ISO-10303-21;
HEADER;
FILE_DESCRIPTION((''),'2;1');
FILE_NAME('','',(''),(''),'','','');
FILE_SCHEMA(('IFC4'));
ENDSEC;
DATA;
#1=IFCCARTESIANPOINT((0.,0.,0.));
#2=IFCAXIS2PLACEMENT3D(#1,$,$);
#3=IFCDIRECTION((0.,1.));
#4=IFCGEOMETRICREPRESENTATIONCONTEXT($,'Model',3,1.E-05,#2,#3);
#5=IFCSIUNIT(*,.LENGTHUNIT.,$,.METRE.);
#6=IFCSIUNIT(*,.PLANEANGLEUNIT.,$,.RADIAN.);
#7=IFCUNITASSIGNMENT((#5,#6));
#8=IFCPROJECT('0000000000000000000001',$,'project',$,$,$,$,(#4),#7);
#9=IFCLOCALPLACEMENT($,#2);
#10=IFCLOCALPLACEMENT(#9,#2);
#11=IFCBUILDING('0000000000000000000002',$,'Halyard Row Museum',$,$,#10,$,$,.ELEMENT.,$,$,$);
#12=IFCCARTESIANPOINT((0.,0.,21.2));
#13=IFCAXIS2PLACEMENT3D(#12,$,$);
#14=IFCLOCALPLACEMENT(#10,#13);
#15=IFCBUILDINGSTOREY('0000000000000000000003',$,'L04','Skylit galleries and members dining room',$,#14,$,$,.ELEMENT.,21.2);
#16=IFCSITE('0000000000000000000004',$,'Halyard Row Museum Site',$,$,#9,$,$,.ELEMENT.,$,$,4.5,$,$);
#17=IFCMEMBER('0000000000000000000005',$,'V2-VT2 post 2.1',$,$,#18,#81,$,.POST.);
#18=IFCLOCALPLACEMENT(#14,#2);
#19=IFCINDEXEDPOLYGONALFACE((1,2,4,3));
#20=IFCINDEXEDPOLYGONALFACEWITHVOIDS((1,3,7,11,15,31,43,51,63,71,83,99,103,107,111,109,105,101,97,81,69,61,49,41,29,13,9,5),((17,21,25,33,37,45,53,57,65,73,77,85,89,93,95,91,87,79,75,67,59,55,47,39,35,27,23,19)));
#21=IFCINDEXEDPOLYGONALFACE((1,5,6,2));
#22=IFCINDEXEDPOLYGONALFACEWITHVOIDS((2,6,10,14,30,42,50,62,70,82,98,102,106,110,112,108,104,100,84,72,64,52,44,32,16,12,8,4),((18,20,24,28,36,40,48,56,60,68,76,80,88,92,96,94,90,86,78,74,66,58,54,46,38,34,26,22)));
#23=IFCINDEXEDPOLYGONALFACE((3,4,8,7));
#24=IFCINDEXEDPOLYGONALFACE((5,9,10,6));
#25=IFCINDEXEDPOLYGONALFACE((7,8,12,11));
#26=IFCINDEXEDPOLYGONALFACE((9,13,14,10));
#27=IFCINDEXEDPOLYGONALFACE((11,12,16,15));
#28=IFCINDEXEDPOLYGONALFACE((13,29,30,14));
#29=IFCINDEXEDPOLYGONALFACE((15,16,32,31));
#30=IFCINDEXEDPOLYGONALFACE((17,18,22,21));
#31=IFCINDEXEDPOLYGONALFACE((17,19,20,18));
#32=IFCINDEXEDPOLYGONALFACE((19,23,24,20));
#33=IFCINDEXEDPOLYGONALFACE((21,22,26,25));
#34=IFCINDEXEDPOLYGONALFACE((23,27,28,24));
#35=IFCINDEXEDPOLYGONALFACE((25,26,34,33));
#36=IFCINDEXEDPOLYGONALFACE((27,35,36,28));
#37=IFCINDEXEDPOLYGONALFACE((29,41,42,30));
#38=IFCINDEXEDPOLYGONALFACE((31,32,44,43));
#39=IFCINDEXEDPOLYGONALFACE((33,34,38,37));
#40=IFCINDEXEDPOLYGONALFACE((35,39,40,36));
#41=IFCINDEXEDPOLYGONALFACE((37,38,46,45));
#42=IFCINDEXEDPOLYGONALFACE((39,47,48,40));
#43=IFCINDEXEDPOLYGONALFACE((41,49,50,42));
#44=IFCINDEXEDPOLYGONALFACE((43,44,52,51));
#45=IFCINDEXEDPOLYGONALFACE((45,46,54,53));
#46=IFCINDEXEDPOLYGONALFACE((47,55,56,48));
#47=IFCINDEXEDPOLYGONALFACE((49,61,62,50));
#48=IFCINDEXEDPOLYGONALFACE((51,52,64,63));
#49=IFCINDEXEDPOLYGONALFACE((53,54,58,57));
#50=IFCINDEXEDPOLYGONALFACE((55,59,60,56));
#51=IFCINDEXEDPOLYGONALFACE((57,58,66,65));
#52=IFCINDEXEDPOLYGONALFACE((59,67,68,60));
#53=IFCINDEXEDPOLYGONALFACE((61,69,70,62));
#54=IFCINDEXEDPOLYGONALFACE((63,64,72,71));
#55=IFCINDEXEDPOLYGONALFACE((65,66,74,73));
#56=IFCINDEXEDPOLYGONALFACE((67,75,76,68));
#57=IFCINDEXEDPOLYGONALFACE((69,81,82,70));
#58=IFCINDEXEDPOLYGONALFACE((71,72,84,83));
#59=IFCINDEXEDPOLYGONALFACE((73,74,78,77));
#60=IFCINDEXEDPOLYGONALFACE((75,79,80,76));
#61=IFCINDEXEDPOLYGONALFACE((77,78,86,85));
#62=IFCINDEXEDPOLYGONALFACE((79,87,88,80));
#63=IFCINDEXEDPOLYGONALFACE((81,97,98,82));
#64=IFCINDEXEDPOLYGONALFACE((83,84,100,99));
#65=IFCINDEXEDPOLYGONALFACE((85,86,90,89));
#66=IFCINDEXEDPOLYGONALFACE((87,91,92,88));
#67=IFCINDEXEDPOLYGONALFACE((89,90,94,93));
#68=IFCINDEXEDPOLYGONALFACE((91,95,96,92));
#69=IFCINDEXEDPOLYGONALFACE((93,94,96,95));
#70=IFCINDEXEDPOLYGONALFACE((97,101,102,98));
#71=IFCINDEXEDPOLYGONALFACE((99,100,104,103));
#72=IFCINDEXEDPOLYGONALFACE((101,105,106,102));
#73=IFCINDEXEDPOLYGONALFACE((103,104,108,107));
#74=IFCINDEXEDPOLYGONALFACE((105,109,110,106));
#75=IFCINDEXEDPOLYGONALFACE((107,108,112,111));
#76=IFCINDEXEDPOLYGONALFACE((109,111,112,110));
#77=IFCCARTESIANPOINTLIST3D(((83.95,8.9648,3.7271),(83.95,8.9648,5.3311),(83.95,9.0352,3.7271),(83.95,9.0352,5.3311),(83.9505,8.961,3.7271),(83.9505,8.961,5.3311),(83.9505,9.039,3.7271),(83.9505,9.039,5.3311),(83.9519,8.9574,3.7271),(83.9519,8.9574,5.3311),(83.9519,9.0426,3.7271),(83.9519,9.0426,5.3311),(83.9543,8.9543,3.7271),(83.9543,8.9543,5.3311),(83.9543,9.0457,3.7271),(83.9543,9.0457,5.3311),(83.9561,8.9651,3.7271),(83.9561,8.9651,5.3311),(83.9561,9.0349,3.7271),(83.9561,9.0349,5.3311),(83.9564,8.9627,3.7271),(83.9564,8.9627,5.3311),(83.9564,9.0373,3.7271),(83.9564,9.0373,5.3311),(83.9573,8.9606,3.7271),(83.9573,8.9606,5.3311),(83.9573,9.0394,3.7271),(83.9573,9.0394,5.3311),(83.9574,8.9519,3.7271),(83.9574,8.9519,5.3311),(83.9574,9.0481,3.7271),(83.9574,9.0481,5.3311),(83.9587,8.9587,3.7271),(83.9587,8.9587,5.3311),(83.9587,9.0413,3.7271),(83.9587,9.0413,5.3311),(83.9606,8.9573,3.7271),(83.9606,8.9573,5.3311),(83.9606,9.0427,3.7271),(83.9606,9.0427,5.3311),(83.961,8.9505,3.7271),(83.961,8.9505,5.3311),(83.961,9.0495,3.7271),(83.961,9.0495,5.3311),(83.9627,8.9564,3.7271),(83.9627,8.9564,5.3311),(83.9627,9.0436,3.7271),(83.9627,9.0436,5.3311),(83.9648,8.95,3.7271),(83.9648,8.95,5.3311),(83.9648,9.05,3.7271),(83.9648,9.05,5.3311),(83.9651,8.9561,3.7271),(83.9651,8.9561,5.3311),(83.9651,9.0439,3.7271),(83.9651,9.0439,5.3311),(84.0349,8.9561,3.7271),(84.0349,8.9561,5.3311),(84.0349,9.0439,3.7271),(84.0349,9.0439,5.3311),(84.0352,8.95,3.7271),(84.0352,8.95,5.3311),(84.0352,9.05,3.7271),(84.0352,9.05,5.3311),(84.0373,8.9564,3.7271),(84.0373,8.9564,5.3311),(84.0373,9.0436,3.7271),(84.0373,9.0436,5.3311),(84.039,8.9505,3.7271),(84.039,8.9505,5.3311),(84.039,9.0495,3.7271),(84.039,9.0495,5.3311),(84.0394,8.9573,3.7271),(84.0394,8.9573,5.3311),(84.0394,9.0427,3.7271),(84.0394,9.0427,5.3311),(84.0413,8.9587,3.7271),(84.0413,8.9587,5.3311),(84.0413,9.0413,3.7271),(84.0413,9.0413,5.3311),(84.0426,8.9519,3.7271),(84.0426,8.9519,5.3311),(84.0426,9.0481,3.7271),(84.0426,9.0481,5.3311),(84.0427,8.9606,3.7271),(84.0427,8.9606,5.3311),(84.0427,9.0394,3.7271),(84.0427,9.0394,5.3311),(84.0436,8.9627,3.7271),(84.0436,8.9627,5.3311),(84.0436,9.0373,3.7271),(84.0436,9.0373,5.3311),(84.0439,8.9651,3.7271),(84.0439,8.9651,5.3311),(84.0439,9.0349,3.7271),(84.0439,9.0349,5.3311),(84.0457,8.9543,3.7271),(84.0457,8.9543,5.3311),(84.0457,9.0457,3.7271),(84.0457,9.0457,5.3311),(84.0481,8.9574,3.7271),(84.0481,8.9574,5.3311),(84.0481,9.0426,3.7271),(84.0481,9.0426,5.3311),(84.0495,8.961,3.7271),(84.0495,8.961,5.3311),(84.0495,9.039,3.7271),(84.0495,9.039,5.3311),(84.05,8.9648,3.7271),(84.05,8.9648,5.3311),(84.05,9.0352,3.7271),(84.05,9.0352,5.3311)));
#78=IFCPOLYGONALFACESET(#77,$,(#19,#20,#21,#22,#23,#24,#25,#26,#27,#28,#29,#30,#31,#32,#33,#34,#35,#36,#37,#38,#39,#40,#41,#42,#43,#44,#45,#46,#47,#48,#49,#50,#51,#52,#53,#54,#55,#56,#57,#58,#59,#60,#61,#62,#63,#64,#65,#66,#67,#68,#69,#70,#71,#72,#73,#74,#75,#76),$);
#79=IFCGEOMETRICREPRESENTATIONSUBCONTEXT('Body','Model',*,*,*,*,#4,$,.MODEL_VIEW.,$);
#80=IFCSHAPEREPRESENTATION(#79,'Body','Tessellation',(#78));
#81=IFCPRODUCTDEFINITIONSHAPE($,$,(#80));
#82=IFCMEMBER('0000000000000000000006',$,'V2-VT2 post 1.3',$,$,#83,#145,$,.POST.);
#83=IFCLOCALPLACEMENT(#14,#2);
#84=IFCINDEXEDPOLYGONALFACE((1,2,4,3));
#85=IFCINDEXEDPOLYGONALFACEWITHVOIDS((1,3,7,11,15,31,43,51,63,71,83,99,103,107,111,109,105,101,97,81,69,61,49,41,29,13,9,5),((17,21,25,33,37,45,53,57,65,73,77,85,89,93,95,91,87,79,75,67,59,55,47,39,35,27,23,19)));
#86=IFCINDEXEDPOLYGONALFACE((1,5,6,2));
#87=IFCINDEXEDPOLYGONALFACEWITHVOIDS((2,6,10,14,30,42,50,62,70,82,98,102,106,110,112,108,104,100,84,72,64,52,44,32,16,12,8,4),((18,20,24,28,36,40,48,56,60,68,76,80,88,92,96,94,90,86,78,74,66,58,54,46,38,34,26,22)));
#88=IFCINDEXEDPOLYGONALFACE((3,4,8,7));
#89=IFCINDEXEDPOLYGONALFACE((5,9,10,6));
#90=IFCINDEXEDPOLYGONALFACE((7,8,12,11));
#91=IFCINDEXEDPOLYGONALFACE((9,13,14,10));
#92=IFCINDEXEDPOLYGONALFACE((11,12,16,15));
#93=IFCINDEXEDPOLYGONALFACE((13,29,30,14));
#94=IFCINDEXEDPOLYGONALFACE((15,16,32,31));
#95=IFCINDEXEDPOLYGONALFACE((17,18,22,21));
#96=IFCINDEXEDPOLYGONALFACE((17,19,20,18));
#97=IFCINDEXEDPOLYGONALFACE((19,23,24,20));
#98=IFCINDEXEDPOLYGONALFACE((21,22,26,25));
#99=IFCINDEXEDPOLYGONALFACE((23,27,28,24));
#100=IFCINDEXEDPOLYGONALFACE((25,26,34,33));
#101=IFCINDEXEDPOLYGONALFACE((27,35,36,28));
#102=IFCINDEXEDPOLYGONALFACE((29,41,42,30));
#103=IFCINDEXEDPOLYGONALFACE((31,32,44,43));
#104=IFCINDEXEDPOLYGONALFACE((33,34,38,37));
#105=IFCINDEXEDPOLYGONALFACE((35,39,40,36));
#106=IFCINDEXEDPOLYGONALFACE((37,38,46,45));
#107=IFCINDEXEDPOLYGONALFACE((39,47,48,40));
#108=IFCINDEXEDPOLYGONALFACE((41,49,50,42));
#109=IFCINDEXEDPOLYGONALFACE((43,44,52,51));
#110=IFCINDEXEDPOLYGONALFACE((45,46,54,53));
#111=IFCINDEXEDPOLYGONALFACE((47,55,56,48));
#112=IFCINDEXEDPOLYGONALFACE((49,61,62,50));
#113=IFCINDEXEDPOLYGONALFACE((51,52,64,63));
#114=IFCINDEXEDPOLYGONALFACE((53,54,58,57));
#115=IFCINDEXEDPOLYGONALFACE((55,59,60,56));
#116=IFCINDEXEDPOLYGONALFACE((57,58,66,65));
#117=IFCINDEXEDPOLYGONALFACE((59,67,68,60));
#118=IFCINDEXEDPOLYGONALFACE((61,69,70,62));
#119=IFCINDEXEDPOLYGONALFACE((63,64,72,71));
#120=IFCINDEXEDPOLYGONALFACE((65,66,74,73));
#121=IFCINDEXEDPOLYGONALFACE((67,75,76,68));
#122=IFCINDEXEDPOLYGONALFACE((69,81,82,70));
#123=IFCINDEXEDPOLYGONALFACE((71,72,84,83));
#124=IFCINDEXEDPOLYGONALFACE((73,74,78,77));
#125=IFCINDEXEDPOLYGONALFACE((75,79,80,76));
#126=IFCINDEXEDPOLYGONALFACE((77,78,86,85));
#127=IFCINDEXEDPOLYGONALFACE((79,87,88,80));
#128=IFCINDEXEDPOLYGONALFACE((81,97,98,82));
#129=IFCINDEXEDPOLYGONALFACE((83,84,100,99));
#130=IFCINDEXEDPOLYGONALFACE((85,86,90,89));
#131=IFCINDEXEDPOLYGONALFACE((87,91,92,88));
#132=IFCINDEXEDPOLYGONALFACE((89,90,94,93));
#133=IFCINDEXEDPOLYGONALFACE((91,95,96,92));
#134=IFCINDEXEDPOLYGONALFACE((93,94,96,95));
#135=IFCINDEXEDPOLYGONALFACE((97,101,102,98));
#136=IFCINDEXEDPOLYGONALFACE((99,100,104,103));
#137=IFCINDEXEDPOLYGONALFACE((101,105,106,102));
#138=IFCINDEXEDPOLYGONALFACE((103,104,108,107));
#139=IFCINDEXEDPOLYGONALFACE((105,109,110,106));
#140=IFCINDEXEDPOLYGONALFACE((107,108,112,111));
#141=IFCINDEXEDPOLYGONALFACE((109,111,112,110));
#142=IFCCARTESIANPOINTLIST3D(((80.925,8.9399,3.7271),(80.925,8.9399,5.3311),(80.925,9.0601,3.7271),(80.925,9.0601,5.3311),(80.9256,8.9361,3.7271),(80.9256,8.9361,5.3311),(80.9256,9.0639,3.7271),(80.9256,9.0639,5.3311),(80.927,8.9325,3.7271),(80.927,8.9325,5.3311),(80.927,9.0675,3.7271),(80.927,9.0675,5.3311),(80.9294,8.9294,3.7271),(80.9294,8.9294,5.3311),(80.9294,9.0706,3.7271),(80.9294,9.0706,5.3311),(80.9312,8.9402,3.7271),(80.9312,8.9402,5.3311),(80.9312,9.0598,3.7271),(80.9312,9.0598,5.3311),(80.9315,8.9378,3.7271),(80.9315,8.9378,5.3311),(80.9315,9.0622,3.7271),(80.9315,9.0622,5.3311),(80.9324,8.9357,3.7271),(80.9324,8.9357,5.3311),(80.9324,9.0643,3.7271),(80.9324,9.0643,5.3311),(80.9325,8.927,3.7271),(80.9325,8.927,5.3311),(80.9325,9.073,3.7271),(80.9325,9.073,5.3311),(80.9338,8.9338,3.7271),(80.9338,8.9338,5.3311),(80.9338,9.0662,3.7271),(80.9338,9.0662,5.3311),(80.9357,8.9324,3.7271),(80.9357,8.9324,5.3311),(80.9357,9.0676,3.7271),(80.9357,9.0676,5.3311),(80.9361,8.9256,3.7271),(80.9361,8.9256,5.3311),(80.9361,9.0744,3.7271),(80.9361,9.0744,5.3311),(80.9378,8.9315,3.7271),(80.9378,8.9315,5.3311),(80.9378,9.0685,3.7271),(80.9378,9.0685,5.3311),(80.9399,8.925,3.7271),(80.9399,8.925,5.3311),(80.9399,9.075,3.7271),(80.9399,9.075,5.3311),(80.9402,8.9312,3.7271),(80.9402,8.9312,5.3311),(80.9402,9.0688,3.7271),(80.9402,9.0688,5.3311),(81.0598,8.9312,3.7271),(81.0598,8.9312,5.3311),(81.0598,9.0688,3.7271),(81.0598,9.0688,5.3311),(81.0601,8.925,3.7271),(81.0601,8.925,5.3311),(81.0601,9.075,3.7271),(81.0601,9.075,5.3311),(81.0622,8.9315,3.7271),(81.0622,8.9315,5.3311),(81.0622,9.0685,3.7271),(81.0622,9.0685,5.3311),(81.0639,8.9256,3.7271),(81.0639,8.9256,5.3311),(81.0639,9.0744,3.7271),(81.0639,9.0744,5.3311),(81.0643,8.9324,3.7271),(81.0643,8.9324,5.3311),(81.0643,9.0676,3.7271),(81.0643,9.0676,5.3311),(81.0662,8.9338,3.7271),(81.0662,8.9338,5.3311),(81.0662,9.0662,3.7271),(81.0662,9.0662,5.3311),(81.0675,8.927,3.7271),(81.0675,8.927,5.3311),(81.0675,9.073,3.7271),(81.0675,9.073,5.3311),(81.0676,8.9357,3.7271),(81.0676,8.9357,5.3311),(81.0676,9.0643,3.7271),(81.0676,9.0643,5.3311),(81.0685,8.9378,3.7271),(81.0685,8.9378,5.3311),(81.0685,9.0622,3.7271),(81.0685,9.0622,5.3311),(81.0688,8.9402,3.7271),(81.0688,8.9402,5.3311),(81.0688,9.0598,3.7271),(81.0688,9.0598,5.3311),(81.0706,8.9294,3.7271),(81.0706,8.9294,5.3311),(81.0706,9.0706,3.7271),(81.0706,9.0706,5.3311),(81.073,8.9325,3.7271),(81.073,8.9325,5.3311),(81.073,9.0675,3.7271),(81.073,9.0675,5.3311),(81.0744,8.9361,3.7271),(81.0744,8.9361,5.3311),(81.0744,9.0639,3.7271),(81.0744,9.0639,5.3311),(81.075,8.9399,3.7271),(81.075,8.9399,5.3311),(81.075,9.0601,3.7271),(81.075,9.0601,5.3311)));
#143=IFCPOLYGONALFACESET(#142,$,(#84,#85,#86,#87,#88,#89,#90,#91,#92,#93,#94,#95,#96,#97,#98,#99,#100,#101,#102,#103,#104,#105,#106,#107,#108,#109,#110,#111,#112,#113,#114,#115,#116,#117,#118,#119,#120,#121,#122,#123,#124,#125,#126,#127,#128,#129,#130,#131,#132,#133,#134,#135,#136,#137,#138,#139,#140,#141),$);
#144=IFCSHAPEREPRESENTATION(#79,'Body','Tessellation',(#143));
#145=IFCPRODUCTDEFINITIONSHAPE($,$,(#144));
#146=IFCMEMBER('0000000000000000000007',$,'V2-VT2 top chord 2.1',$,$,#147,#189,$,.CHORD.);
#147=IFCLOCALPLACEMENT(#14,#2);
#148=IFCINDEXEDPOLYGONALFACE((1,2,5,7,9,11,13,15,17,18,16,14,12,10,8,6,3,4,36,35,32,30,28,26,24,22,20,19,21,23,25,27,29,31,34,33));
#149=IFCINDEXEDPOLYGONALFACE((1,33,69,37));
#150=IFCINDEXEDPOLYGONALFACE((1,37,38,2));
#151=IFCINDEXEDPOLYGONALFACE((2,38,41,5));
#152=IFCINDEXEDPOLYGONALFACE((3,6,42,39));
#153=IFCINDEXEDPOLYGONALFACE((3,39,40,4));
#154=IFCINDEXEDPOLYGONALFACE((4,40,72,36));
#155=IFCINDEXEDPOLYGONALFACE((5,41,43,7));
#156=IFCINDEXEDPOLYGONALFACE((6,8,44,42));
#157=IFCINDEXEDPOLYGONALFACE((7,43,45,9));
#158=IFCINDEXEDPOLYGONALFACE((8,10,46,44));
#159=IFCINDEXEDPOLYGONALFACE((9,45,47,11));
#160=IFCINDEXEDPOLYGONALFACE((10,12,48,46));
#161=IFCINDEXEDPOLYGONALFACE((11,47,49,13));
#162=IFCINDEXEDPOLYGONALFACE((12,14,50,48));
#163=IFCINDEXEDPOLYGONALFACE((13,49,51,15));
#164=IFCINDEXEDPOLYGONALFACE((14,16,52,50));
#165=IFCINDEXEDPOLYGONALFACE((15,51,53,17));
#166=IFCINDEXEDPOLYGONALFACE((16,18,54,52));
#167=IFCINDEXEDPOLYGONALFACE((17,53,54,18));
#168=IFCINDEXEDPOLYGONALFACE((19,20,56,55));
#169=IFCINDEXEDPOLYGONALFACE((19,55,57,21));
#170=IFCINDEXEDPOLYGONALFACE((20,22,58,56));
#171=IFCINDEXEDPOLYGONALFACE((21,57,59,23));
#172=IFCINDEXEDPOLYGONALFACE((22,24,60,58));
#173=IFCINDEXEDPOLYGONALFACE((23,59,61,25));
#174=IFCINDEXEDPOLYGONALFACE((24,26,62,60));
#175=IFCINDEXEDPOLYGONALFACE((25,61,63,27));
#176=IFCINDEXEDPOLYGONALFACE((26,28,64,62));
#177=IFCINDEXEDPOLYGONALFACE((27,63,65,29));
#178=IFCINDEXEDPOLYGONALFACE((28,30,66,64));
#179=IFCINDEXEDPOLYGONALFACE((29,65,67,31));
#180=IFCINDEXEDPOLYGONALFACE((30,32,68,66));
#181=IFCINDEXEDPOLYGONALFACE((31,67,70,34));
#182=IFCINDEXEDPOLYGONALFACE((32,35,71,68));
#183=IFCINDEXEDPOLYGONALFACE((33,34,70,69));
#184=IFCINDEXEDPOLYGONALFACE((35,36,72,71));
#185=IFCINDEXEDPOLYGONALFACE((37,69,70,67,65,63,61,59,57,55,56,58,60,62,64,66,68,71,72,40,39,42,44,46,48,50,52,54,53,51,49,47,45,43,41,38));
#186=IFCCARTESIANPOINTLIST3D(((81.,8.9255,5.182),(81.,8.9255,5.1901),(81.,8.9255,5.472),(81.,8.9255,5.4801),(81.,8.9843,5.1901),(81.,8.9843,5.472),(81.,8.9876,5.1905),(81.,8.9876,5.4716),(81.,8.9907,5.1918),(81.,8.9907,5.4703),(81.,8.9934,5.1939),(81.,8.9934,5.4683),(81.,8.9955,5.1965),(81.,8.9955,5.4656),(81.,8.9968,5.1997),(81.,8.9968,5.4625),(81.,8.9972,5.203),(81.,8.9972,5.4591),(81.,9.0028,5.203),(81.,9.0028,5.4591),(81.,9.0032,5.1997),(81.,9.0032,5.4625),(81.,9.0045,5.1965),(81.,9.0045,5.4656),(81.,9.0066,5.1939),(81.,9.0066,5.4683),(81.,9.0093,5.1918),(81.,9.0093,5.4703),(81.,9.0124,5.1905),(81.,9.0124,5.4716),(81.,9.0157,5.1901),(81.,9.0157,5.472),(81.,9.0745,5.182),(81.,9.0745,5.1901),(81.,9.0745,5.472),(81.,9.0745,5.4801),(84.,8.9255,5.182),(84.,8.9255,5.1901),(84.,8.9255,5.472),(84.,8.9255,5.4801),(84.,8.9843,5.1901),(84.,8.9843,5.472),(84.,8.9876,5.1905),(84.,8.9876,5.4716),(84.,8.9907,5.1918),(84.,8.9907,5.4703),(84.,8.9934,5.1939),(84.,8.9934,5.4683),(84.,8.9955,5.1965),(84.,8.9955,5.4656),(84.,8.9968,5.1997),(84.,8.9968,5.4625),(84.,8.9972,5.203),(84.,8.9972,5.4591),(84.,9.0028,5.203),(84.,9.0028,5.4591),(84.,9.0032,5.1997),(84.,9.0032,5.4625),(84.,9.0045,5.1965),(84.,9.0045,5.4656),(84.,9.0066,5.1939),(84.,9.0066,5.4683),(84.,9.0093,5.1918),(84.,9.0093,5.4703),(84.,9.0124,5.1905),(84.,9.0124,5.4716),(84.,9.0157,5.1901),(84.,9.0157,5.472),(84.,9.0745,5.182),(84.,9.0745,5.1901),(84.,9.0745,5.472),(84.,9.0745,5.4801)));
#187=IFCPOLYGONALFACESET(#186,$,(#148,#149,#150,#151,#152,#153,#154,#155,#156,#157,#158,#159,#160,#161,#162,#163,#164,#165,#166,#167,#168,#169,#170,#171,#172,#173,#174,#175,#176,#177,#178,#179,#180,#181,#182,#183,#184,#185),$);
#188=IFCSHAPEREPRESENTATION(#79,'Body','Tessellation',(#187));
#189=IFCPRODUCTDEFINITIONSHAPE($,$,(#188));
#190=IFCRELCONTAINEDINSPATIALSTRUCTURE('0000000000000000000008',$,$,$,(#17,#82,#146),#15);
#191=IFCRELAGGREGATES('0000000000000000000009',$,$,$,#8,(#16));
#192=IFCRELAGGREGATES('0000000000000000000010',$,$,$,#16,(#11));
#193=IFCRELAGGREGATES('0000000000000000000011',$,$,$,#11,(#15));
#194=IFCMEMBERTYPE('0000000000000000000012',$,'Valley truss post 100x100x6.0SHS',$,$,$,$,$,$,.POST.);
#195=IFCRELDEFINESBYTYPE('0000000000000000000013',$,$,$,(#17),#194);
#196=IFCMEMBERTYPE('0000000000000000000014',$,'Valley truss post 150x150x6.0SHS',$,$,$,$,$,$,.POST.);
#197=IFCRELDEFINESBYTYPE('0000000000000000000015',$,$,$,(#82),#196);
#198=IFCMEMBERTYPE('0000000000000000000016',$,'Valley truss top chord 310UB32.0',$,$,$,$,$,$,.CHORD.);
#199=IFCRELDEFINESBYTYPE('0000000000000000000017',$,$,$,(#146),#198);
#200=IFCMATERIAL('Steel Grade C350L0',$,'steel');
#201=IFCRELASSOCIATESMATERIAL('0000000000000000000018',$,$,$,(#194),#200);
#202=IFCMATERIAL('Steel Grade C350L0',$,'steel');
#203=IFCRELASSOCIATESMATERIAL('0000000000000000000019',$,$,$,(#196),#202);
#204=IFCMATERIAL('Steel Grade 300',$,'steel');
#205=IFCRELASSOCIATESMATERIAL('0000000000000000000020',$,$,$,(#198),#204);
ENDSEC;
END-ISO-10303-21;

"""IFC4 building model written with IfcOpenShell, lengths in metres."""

from ifc_helpers import new_model, si_unit, direction, frame, origin, origin_2d, place, context, subcontext, project, spatial, hollow_rectangle, i_section, extrude, material, material_profile, profile_set, type_object, element, save


model = new_model("IFC4")

# Units and contexts
model_context = context("Model", 3, precision=1e-05, world=origin(), true_north=direction((0.0, 1.0)))
body_context = subcontext(model_context, "Body", "Model", "MODEL_VIEW")
ifc_project = project(units=[si_unit("LENGTHUNIT", "METRE"), si_unit("PLANEANGLEUNIT", "RADIAN")], contexts=[model_context])

# Site, building, storey
site_placement = place(None, origin())
site = spatial("IfcSite", under=ifc_project, at=site_placement, Name="Halyard Row Museum Site", CompositionType="ELEMENT", RefElevation=4.5)
building_placement = place(site_placement, origin())
building = spatial("IfcBuilding", under=site, at=building_placement, Name="Halyard Row Museum", CompositionType="ELEMENT")
storey_placement = place(building_placement, frame((0.0, 0.0, 21.2)))
storey = spatial("IfcBuildingStorey", under=building, at=storey_placement, Name="L04", Description="Skylit galleries and members dining room", CompositionType="ELEMENT", Elevation=21.2)

# Members
ifc_material_1 = material(Name="Steel Grade C350L0", Category="steel")
ifc_material_profile_1 = material_profile(ifc_material_1, hollow_rectangle(XDim=0.1001, YDim=0.1001, WallThickness=0.0061, InnerFilletRadius=0.009, OuterFilletRadius=0.0149, at=origin_2d()), Name="100x100x6.0SHS")
ifc_profile_set_1 = profile_set([ifc_material_profile_1], Name="Steel Grade C350L0")
member_type_1 = type_object("IfcMemberType", Name="Valley truss post 100x100x6.0SHS", PredefinedType="POST", material=ifc_profile_set_1)
member_1_placement = place(storey_placement, frame((84.0, 9.0, 3.7271), z_axis=(0.0, 0.0, 1.0), x_axis=(1.0, 0.0, 0.0)))
element("IfcMember", 1, at=member_1_placement, inside=storey, type_object=member_type_1, Name="V2-VT2 post 2.1", PredefinedType="POST", context=body_context, shape_type="SweptSolid", body=[
    extrude(hollow_rectangle(XDim=0.1001, YDim=0.1001, WallThickness=0.0061, InnerFilletRadius=0.009, OuterFilletRadius=0.0149, at=origin_2d()), origin(), (0.0, 0.0, 1.0), 1.604),
])
ifc_material_2 = material(Name="Steel Grade C350L0", Category="steel")
ifc_material_profile_2 = material_profile(ifc_material_2, hollow_rectangle(XDim=0.1499, YDim=0.1499, WallThickness=0.0061, InnerFilletRadius=0.009, OuterFilletRadius=0.0149, at=origin_2d()), Name="150x150x6.0SHS")
ifc_profile_set_2 = profile_set([ifc_material_profile_2], Name="Steel Grade C350L0")
member_type_2 = type_object("IfcMemberType", Name="Valley truss post 150x150x6.0SHS", PredefinedType="POST", material=ifc_profile_set_2)
member_2_placement = place(storey_placement, frame((81.0, 9.0, 3.7271), z_axis=(0.0, 0.0, 1.0), x_axis=(1.0, 0.0, 0.0)))
element("IfcMember", 2, at=member_2_placement, inside=storey, type_object=member_type_2, Name="V2-VT2 post 1.3", PredefinedType="POST", context=body_context, shape_type="SweptSolid", body=[
    extrude(hollow_rectangle(XDim=0.1499, YDim=0.1499, WallThickness=0.0061, InnerFilletRadius=0.009, OuterFilletRadius=0.0149, at=origin_2d()), origin(), (0.0, 0.0, 1.0), 1.604),
])
ifc_material_3 = material(Name="Steel Grade 300", Category="steel")
ifc_material_profile_3 = material_profile(ifc_material_3, i_section(OverallWidth=0.1489, OverallDepth=0.2981, WebThickness=0.0056, FlangeThickness=0.0081, FilletRadius=0.0129, at=origin_2d()), Name="310UB32.0")
ifc_profile_set_3 = profile_set([ifc_material_profile_3], Name="Steel Grade 300")
member_type_3 = type_object("IfcMemberType", Name="Valley truss top chord 310UB32.0", PredefinedType="CHORD", material=ifc_profile_set_3)
for number, where, z_axis, x_axis, name in (
    (3, (81.0, 9.0, 5.3311), (1.0, 0.0, 0.0), (0.0, 1.0, 0.0), "V2-VT2 top chord 2.1"),
):
    element("IfcMember", number, at=place(storey_placement, frame(where, z_axis=z_axis, x_axis=x_axis)), inside=storey, type_object=member_type_3, Name=name, PredefinedType="CHORD", context=body_context, shape_type="SweptSolid", body=[
        extrude(i_section(OverallWidth=0.1489, OverallDepth=0.2981, WebThickness=0.0056, FlangeThickness=0.0081, FilletRadius=0.0129, at=origin_2d()), origin(), (0.0, 0.0, 1.0), 3.0),
    ])

save(model, "model.ifc")
